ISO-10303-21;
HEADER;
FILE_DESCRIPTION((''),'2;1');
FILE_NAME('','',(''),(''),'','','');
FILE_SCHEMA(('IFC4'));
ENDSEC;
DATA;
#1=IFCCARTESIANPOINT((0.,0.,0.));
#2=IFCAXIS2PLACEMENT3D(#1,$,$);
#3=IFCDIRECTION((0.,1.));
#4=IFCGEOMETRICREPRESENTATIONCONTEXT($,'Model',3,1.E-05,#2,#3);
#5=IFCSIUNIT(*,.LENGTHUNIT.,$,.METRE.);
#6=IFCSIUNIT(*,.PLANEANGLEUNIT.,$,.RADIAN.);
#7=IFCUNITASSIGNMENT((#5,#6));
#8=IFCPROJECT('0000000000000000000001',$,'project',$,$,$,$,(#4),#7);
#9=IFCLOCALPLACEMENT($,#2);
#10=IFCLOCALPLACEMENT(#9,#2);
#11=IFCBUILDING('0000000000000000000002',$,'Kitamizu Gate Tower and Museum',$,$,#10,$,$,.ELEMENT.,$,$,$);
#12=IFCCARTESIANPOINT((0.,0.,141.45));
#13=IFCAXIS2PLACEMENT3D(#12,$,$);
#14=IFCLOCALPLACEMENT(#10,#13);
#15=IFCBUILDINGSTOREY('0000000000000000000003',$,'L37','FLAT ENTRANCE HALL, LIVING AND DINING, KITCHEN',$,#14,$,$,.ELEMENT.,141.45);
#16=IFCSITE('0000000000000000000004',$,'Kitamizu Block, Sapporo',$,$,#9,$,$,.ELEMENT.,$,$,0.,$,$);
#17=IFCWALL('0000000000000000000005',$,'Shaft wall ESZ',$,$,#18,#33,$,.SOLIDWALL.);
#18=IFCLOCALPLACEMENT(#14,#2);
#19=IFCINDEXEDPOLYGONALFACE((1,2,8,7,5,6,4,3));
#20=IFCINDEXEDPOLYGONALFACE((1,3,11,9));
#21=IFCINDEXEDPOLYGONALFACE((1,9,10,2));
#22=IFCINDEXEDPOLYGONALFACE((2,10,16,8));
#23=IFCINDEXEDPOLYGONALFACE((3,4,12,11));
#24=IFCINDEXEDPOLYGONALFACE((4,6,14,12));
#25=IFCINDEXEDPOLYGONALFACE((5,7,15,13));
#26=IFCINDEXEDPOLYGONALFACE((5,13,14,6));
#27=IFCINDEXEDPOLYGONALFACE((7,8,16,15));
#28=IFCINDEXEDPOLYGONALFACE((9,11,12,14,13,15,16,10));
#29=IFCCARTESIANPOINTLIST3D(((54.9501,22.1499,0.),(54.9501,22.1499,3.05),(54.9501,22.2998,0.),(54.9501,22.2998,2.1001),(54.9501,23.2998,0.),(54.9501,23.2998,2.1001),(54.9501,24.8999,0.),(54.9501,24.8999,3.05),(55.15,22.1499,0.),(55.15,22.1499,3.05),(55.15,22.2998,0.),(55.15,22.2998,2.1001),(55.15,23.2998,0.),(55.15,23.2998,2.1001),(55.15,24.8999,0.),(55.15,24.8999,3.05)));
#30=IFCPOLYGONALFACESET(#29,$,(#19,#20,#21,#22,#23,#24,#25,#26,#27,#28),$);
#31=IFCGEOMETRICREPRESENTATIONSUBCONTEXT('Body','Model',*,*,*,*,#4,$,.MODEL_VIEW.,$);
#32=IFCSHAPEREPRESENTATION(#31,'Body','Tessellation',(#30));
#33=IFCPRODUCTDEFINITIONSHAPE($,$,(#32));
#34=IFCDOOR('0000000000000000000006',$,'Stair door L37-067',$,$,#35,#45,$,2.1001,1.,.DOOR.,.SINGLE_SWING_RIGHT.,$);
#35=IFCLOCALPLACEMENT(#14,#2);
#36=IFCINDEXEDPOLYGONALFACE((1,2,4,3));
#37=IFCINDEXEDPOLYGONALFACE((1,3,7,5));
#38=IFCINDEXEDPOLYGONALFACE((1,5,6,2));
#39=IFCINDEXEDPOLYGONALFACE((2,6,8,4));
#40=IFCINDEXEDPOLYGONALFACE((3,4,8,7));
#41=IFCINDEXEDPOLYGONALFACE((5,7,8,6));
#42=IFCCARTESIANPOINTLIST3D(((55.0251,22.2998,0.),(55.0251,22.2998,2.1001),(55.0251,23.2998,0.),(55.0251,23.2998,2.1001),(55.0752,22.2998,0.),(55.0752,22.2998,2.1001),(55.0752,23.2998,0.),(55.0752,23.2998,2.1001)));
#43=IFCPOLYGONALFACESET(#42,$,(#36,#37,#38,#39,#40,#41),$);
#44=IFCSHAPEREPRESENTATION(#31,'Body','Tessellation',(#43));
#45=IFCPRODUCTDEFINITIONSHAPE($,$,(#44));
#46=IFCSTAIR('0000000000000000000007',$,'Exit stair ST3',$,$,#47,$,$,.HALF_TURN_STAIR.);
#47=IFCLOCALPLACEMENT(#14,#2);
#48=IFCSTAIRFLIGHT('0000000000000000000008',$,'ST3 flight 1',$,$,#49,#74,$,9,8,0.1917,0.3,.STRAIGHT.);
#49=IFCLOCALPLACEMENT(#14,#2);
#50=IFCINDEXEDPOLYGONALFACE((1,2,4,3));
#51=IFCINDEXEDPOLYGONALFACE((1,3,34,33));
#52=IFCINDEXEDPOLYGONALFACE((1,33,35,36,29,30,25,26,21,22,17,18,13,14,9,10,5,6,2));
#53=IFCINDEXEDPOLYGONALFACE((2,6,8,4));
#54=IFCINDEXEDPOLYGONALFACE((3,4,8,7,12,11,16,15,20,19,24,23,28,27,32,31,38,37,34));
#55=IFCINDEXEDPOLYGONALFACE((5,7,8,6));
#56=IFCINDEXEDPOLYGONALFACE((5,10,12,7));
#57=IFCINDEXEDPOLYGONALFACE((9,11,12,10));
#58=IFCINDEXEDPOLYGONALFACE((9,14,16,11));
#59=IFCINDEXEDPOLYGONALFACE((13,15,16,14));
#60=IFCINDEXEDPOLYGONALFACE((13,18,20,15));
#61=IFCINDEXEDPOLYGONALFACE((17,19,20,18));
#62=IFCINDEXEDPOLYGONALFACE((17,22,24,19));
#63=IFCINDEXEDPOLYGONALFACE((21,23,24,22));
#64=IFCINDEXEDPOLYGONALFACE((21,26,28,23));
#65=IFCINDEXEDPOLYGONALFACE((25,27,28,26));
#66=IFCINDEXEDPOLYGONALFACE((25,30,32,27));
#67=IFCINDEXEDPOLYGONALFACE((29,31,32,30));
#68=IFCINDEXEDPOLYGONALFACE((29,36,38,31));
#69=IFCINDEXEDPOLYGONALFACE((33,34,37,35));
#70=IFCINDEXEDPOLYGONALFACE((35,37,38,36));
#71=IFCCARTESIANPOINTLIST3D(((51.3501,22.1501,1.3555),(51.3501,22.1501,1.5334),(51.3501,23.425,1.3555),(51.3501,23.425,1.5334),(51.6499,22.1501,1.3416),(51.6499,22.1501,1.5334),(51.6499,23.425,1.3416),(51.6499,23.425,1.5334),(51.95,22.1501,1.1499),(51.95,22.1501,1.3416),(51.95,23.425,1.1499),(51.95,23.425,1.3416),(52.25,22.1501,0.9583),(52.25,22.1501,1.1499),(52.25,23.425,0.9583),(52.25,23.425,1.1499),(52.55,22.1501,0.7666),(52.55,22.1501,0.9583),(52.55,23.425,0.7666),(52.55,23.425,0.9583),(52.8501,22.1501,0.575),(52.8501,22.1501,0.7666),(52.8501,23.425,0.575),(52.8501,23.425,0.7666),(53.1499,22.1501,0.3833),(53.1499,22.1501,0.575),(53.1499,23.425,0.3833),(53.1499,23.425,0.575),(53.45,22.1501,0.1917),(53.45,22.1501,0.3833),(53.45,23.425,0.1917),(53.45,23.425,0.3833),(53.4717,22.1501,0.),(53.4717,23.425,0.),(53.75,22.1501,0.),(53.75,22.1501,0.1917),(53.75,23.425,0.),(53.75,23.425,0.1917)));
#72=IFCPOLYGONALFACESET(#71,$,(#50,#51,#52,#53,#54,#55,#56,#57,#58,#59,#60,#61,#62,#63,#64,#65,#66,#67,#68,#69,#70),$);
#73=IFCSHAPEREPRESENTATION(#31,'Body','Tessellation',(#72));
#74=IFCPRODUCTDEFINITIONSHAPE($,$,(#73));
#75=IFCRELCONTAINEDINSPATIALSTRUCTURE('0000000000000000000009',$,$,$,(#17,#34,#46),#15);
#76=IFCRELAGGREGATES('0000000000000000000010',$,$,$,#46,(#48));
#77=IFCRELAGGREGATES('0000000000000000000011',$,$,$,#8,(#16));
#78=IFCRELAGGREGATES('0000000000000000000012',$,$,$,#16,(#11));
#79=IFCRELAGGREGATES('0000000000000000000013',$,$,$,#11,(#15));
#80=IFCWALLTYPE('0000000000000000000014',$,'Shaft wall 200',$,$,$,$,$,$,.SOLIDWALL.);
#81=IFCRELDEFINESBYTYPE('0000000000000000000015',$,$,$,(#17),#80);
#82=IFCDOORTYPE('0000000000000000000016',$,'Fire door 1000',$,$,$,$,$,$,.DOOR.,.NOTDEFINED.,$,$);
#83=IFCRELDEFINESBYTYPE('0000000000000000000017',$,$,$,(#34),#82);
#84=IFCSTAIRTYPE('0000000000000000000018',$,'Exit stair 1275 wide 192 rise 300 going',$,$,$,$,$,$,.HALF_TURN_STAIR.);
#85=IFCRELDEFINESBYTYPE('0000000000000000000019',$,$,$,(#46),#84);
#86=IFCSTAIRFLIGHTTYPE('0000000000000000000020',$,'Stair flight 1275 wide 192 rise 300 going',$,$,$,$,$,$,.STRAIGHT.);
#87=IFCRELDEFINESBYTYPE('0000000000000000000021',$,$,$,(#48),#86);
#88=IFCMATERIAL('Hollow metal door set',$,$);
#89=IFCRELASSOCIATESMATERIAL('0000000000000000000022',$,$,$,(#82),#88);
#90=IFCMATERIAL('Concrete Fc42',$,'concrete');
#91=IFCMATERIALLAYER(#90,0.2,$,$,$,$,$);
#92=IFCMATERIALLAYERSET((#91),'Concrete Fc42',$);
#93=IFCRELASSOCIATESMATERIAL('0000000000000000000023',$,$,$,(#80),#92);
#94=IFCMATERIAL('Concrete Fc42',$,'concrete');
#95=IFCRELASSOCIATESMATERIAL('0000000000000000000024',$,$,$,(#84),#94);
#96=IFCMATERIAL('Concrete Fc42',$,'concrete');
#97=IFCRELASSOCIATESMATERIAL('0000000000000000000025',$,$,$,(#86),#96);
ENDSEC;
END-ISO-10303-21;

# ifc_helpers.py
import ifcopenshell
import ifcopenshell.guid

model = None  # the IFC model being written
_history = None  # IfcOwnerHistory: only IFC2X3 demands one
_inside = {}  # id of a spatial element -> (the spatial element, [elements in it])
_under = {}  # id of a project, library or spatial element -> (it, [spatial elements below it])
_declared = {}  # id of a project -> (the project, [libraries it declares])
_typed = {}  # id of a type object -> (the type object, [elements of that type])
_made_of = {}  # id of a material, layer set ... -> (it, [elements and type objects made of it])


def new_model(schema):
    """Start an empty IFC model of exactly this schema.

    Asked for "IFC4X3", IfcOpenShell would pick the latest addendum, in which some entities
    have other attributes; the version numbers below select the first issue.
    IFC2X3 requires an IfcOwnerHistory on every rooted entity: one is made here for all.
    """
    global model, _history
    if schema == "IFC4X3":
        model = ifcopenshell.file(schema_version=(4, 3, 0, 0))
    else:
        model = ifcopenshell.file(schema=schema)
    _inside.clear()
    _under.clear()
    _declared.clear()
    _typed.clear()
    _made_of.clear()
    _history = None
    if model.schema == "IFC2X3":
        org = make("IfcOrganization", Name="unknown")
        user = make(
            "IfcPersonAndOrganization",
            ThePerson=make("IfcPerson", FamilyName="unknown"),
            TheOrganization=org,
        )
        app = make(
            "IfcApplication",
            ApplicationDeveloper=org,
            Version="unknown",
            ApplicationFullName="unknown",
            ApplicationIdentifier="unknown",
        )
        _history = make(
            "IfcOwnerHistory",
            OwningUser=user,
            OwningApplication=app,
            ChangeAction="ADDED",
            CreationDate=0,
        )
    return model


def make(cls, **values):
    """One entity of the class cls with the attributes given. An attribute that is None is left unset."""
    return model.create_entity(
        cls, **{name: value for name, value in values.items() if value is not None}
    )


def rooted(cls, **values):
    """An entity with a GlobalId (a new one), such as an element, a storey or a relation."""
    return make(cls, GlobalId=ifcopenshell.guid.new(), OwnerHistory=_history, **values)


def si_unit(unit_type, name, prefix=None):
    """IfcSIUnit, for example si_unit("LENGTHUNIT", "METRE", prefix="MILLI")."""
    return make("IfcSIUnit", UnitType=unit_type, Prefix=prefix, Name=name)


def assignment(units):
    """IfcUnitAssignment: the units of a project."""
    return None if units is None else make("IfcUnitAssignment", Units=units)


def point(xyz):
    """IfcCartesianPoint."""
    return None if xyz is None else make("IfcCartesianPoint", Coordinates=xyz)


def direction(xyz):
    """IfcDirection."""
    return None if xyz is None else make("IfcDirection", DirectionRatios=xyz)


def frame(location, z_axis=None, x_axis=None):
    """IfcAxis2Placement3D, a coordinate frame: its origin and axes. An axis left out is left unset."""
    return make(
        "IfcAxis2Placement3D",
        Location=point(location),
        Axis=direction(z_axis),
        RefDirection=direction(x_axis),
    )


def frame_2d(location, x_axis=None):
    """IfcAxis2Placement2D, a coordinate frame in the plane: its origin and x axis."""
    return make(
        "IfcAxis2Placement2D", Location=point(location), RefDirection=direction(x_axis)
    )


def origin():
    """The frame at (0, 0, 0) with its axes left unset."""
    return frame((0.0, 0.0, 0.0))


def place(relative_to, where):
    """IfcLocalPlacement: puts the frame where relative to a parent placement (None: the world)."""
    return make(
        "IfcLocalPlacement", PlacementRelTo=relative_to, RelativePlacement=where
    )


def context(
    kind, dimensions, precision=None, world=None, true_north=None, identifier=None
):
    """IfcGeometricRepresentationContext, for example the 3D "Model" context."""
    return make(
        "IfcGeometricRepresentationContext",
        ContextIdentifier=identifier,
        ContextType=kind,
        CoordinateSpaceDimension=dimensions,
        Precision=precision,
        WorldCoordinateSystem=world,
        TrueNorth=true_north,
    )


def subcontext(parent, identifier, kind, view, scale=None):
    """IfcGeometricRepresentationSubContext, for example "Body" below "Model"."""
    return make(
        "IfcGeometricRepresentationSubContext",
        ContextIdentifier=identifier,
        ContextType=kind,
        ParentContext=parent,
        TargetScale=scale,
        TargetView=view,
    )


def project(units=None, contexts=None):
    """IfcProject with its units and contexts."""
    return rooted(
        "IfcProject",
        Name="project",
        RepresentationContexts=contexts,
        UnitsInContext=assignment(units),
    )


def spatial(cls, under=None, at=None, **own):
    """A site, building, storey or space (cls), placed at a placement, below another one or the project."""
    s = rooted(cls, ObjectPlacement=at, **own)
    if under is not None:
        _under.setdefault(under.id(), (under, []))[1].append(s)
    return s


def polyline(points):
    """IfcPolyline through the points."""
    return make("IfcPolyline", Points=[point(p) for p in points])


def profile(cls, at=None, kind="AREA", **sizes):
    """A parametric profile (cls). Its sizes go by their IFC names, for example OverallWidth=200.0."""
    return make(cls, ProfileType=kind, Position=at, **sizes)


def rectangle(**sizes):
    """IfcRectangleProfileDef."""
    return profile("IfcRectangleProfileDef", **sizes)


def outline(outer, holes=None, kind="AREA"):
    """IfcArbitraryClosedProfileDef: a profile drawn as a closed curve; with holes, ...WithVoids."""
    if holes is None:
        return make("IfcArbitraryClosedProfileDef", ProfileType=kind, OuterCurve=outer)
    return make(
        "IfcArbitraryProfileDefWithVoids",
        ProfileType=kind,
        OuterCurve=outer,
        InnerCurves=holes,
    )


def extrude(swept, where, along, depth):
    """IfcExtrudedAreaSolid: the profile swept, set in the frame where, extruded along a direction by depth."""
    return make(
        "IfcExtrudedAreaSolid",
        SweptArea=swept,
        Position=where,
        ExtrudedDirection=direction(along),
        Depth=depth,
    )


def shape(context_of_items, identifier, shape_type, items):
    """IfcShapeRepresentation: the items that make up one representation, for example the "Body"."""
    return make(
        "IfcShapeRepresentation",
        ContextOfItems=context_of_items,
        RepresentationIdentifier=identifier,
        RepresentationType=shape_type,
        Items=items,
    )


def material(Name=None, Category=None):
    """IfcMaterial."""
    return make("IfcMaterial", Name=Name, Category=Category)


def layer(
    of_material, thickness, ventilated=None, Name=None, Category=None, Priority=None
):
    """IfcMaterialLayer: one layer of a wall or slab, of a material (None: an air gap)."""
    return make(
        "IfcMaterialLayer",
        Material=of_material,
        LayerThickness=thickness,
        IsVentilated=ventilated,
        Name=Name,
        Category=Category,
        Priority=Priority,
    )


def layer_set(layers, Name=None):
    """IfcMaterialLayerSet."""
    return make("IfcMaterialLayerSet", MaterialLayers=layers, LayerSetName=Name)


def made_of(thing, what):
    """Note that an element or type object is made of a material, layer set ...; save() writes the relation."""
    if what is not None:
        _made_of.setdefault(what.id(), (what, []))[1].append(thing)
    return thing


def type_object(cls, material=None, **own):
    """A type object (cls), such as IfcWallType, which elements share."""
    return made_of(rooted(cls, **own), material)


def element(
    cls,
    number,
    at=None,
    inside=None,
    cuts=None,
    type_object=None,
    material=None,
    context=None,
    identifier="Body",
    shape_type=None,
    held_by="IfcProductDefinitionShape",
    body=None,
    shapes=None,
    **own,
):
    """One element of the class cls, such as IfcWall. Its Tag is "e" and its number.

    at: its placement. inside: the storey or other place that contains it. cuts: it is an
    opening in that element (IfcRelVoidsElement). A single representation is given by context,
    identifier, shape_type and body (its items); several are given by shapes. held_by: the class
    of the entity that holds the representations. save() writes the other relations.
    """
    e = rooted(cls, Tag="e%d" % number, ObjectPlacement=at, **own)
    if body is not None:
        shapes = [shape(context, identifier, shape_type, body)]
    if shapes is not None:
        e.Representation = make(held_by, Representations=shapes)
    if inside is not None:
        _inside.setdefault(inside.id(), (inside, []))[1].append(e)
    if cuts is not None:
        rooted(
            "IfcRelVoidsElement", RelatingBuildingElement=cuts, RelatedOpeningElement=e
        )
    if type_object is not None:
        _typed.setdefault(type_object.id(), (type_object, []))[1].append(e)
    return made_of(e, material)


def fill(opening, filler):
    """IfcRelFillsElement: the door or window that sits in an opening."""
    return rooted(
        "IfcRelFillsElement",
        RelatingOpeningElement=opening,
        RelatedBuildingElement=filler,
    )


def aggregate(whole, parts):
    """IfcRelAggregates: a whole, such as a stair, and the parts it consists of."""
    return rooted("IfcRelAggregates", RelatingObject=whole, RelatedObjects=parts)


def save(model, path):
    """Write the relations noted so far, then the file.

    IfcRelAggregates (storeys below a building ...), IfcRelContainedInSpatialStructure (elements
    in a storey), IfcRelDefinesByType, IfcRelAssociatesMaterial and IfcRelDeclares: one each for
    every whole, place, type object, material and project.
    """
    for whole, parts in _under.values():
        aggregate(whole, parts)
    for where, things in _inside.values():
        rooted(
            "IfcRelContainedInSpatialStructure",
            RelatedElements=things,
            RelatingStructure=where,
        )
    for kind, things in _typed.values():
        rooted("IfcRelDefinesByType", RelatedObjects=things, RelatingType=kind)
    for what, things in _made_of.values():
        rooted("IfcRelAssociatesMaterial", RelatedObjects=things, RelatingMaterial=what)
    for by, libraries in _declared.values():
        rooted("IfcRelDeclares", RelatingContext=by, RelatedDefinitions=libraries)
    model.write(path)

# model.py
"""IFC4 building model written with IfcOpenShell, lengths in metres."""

from ifc_helpers import new_model, si_unit, direction, frame, frame_2d, origin, place, context, subcontext, project, spatial, polyline, rectangle, outline, extrude, material, layer, layer_set, type_object, element, fill, aggregate, save


model = new_model("IFC4")

# Units and contexts
model_context = context("Model", 3, precision=1e-05, world=origin(), true_north=direction((0.0, 1.0)))
body_context = subcontext(model_context, "Body", "Model", "MODEL_VIEW")
ifc_project = project(units=[si_unit("LENGTHUNIT", "METRE"), si_unit("PLANEANGLEUNIT", "RADIAN")], contexts=[model_context])

# Site, building, storey
site_placement = place(None, origin())
site = spatial("IfcSite", under=ifc_project, at=site_placement, Name="Kitamizu Block, Sapporo", CompositionType="ELEMENT", RefElevation=0.0)
building_placement = place(site_placement, origin())
building = spatial("IfcBuilding", under=site, at=building_placement, Name="Kitamizu Gate Tower and Museum", CompositionType="ELEMENT")
storey_placement = place(building_placement, frame((0.0, 0.0, 141.45)))
storey = spatial("IfcBuildingStorey", under=building, at=storey_placement, Name="L37", Description="FLAT ENTRANCE HALL, LIVING AND DINING, KITCHEN", CompositionType="ELEMENT", Elevation=141.45)

# Shared definitions
ifc_material_1 = material(Name="Hollow metal door set")
door_type_1 = type_object("IfcDoorType", Name="Fire door 1000", OperationType="NOTDEFINED", PredefinedType="DOOR", material=ifc_material_1)

# Shared definitions
ifc_material_2 = material(Name="Concrete Fc42", Category="concrete")
ifc_layer_1 = layer(ifc_material_2, 0.2)
ifc_layer_set_1 = layer_set([ifc_layer_1], Name="Concrete Fc42")
wall_type_1 = type_object("IfcWallType", Name="Shaft wall 200", PredefinedType="SOLIDWALL", material=ifc_layer_set_1)

# Wall, opening, door
wall_1_placement = place(storey_placement, frame((55.05, 22.1499, 0.0), z_axis=(0.0, 0.0, 1.0), x_axis=(0.0, 1.0, 0.0)))
wall_1 = element("IfcWall", 1, at=wall_1_placement, inside=storey, type_object=wall_type_1, Name="Shaft wall ESZ", PredefinedType="SOLIDWALL", context=body_context, shape_type="SweptSolid", body=[
    extrude(rectangle(XDim=2.75, YDim=0.2, at=frame_2d((1.375, 0.0))), origin(), (0.0, 0.0, 1.0), 3.05),
])
opening_1_placement = place(wall_1_placement, frame((0.1499, 0.0, 0.0)))
opening_1 = element("IfcOpeningElement", 2, at=opening_1_placement, cuts=wall_1, PredefinedType="OPENING", context=body_context, shape_type="SweptSolid", body=[
    extrude(rectangle(XDim=1.0, YDim=2.1001, at=frame_2d((0.5, 1.05))), frame((0.0, 0.1099, 0.0), z_axis=(0.0, -1.0, 0.0), x_axis=(1.0, 0.0, 0.0)), (0.0, 0.0, 1.0), 0.22),
])
door_1_placement = place(opening_1_placement, origin())
door_1 = element("IfcDoor", 3, at=door_1_placement, inside=storey, type_object=door_type_1, Name="Stair door L37-067", OperationType="SINGLE_SWING_RIGHT", OverallHeight=2.1001, OverallWidth=1.0, PredefinedType="DOOR", context=body_context, shape_type="SweptSolid", body=[
    extrude(rectangle(XDim=1.0, YDim=2.1001, at=frame_2d((0.5, 1.05))), frame((0.0, 0.0249, 0.0), z_axis=(0.0, -1.0, 0.0), x_axis=(1.0, 0.0, 0.0)), (0.0, 0.0, 1.0), 0.05),
])
fill(opening_1, door_1)

# Stair, stair flight
ifc_material_3 = material(Name="Concrete Fc42", Category="concrete")
stair_type = type_object("IfcStairType", Name="Exit stair 1275 wide 192 rise 300 going", PredefinedType="HALF_TURN_STAIR", material=ifc_material_3)
stair_placement = place(storey_placement, origin())
stair = element("IfcStair", 4, at=stair_placement, inside=storey, type_object=stair_type, Name="Exit stair ST3", PredefinedType="HALF_TURN_STAIR")
ifc_material_4 = material(Name="Concrete Fc42", Category="concrete")
stair_flight_type = type_object("IfcStairFlightType", Name="Stair flight 1275 wide 192 rise 300 going", PredefinedType="STRAIGHT", material=ifc_material_4)
stair_flight_placement = place(storey_placement, frame((53.75, 22.7876, 0.0), z_axis=(0.0, 0.0, 1.0), x_axis=(-1.0, 0.0, 0.0)))
stair_flight = element("IfcStairFlight", 5, at=stair_flight_placement, type_object=stair_flight_type, Name="ST3 flight 1", NumberOfRisers=9, NumberOfTreads=8, PredefinedType="STRAIGHT", RiserHeight=0.1917, TreadLength=0.3, context=body_context, shape_type="SweptSolid", body=[
    extrude(outline(polyline([(0.0, 0.0), (0.0, 0.1917), (0.3, 0.1917), (0.3, 0.3833), (0.6001, 0.3833), (0.6001, 0.575), (0.8999, 0.575), (0.8999, 0.7666), (1.2, 0.7666), (1.2, 0.9583), (1.5, 0.9583), (1.5, 1.1499), (1.8, 1.1499), (1.8, 1.3416), (2.1001, 1.3416), (2.1001, 1.5334), (2.3999, 1.5334), (2.3999, 1.7251), (2.3999, 1.3555), (0.2783, 0.0), (0.0, 0.0)])), frame((0.0, 0.6375, 0.0), z_axis=(0.0, -1.0, 0.0), x_axis=(1.0, 0.0, 0.0)), (0.0, 0.0, 1.0), 1.2749),
])
aggregate(stair, [stair_flight])

save(model, "model.ifc")
